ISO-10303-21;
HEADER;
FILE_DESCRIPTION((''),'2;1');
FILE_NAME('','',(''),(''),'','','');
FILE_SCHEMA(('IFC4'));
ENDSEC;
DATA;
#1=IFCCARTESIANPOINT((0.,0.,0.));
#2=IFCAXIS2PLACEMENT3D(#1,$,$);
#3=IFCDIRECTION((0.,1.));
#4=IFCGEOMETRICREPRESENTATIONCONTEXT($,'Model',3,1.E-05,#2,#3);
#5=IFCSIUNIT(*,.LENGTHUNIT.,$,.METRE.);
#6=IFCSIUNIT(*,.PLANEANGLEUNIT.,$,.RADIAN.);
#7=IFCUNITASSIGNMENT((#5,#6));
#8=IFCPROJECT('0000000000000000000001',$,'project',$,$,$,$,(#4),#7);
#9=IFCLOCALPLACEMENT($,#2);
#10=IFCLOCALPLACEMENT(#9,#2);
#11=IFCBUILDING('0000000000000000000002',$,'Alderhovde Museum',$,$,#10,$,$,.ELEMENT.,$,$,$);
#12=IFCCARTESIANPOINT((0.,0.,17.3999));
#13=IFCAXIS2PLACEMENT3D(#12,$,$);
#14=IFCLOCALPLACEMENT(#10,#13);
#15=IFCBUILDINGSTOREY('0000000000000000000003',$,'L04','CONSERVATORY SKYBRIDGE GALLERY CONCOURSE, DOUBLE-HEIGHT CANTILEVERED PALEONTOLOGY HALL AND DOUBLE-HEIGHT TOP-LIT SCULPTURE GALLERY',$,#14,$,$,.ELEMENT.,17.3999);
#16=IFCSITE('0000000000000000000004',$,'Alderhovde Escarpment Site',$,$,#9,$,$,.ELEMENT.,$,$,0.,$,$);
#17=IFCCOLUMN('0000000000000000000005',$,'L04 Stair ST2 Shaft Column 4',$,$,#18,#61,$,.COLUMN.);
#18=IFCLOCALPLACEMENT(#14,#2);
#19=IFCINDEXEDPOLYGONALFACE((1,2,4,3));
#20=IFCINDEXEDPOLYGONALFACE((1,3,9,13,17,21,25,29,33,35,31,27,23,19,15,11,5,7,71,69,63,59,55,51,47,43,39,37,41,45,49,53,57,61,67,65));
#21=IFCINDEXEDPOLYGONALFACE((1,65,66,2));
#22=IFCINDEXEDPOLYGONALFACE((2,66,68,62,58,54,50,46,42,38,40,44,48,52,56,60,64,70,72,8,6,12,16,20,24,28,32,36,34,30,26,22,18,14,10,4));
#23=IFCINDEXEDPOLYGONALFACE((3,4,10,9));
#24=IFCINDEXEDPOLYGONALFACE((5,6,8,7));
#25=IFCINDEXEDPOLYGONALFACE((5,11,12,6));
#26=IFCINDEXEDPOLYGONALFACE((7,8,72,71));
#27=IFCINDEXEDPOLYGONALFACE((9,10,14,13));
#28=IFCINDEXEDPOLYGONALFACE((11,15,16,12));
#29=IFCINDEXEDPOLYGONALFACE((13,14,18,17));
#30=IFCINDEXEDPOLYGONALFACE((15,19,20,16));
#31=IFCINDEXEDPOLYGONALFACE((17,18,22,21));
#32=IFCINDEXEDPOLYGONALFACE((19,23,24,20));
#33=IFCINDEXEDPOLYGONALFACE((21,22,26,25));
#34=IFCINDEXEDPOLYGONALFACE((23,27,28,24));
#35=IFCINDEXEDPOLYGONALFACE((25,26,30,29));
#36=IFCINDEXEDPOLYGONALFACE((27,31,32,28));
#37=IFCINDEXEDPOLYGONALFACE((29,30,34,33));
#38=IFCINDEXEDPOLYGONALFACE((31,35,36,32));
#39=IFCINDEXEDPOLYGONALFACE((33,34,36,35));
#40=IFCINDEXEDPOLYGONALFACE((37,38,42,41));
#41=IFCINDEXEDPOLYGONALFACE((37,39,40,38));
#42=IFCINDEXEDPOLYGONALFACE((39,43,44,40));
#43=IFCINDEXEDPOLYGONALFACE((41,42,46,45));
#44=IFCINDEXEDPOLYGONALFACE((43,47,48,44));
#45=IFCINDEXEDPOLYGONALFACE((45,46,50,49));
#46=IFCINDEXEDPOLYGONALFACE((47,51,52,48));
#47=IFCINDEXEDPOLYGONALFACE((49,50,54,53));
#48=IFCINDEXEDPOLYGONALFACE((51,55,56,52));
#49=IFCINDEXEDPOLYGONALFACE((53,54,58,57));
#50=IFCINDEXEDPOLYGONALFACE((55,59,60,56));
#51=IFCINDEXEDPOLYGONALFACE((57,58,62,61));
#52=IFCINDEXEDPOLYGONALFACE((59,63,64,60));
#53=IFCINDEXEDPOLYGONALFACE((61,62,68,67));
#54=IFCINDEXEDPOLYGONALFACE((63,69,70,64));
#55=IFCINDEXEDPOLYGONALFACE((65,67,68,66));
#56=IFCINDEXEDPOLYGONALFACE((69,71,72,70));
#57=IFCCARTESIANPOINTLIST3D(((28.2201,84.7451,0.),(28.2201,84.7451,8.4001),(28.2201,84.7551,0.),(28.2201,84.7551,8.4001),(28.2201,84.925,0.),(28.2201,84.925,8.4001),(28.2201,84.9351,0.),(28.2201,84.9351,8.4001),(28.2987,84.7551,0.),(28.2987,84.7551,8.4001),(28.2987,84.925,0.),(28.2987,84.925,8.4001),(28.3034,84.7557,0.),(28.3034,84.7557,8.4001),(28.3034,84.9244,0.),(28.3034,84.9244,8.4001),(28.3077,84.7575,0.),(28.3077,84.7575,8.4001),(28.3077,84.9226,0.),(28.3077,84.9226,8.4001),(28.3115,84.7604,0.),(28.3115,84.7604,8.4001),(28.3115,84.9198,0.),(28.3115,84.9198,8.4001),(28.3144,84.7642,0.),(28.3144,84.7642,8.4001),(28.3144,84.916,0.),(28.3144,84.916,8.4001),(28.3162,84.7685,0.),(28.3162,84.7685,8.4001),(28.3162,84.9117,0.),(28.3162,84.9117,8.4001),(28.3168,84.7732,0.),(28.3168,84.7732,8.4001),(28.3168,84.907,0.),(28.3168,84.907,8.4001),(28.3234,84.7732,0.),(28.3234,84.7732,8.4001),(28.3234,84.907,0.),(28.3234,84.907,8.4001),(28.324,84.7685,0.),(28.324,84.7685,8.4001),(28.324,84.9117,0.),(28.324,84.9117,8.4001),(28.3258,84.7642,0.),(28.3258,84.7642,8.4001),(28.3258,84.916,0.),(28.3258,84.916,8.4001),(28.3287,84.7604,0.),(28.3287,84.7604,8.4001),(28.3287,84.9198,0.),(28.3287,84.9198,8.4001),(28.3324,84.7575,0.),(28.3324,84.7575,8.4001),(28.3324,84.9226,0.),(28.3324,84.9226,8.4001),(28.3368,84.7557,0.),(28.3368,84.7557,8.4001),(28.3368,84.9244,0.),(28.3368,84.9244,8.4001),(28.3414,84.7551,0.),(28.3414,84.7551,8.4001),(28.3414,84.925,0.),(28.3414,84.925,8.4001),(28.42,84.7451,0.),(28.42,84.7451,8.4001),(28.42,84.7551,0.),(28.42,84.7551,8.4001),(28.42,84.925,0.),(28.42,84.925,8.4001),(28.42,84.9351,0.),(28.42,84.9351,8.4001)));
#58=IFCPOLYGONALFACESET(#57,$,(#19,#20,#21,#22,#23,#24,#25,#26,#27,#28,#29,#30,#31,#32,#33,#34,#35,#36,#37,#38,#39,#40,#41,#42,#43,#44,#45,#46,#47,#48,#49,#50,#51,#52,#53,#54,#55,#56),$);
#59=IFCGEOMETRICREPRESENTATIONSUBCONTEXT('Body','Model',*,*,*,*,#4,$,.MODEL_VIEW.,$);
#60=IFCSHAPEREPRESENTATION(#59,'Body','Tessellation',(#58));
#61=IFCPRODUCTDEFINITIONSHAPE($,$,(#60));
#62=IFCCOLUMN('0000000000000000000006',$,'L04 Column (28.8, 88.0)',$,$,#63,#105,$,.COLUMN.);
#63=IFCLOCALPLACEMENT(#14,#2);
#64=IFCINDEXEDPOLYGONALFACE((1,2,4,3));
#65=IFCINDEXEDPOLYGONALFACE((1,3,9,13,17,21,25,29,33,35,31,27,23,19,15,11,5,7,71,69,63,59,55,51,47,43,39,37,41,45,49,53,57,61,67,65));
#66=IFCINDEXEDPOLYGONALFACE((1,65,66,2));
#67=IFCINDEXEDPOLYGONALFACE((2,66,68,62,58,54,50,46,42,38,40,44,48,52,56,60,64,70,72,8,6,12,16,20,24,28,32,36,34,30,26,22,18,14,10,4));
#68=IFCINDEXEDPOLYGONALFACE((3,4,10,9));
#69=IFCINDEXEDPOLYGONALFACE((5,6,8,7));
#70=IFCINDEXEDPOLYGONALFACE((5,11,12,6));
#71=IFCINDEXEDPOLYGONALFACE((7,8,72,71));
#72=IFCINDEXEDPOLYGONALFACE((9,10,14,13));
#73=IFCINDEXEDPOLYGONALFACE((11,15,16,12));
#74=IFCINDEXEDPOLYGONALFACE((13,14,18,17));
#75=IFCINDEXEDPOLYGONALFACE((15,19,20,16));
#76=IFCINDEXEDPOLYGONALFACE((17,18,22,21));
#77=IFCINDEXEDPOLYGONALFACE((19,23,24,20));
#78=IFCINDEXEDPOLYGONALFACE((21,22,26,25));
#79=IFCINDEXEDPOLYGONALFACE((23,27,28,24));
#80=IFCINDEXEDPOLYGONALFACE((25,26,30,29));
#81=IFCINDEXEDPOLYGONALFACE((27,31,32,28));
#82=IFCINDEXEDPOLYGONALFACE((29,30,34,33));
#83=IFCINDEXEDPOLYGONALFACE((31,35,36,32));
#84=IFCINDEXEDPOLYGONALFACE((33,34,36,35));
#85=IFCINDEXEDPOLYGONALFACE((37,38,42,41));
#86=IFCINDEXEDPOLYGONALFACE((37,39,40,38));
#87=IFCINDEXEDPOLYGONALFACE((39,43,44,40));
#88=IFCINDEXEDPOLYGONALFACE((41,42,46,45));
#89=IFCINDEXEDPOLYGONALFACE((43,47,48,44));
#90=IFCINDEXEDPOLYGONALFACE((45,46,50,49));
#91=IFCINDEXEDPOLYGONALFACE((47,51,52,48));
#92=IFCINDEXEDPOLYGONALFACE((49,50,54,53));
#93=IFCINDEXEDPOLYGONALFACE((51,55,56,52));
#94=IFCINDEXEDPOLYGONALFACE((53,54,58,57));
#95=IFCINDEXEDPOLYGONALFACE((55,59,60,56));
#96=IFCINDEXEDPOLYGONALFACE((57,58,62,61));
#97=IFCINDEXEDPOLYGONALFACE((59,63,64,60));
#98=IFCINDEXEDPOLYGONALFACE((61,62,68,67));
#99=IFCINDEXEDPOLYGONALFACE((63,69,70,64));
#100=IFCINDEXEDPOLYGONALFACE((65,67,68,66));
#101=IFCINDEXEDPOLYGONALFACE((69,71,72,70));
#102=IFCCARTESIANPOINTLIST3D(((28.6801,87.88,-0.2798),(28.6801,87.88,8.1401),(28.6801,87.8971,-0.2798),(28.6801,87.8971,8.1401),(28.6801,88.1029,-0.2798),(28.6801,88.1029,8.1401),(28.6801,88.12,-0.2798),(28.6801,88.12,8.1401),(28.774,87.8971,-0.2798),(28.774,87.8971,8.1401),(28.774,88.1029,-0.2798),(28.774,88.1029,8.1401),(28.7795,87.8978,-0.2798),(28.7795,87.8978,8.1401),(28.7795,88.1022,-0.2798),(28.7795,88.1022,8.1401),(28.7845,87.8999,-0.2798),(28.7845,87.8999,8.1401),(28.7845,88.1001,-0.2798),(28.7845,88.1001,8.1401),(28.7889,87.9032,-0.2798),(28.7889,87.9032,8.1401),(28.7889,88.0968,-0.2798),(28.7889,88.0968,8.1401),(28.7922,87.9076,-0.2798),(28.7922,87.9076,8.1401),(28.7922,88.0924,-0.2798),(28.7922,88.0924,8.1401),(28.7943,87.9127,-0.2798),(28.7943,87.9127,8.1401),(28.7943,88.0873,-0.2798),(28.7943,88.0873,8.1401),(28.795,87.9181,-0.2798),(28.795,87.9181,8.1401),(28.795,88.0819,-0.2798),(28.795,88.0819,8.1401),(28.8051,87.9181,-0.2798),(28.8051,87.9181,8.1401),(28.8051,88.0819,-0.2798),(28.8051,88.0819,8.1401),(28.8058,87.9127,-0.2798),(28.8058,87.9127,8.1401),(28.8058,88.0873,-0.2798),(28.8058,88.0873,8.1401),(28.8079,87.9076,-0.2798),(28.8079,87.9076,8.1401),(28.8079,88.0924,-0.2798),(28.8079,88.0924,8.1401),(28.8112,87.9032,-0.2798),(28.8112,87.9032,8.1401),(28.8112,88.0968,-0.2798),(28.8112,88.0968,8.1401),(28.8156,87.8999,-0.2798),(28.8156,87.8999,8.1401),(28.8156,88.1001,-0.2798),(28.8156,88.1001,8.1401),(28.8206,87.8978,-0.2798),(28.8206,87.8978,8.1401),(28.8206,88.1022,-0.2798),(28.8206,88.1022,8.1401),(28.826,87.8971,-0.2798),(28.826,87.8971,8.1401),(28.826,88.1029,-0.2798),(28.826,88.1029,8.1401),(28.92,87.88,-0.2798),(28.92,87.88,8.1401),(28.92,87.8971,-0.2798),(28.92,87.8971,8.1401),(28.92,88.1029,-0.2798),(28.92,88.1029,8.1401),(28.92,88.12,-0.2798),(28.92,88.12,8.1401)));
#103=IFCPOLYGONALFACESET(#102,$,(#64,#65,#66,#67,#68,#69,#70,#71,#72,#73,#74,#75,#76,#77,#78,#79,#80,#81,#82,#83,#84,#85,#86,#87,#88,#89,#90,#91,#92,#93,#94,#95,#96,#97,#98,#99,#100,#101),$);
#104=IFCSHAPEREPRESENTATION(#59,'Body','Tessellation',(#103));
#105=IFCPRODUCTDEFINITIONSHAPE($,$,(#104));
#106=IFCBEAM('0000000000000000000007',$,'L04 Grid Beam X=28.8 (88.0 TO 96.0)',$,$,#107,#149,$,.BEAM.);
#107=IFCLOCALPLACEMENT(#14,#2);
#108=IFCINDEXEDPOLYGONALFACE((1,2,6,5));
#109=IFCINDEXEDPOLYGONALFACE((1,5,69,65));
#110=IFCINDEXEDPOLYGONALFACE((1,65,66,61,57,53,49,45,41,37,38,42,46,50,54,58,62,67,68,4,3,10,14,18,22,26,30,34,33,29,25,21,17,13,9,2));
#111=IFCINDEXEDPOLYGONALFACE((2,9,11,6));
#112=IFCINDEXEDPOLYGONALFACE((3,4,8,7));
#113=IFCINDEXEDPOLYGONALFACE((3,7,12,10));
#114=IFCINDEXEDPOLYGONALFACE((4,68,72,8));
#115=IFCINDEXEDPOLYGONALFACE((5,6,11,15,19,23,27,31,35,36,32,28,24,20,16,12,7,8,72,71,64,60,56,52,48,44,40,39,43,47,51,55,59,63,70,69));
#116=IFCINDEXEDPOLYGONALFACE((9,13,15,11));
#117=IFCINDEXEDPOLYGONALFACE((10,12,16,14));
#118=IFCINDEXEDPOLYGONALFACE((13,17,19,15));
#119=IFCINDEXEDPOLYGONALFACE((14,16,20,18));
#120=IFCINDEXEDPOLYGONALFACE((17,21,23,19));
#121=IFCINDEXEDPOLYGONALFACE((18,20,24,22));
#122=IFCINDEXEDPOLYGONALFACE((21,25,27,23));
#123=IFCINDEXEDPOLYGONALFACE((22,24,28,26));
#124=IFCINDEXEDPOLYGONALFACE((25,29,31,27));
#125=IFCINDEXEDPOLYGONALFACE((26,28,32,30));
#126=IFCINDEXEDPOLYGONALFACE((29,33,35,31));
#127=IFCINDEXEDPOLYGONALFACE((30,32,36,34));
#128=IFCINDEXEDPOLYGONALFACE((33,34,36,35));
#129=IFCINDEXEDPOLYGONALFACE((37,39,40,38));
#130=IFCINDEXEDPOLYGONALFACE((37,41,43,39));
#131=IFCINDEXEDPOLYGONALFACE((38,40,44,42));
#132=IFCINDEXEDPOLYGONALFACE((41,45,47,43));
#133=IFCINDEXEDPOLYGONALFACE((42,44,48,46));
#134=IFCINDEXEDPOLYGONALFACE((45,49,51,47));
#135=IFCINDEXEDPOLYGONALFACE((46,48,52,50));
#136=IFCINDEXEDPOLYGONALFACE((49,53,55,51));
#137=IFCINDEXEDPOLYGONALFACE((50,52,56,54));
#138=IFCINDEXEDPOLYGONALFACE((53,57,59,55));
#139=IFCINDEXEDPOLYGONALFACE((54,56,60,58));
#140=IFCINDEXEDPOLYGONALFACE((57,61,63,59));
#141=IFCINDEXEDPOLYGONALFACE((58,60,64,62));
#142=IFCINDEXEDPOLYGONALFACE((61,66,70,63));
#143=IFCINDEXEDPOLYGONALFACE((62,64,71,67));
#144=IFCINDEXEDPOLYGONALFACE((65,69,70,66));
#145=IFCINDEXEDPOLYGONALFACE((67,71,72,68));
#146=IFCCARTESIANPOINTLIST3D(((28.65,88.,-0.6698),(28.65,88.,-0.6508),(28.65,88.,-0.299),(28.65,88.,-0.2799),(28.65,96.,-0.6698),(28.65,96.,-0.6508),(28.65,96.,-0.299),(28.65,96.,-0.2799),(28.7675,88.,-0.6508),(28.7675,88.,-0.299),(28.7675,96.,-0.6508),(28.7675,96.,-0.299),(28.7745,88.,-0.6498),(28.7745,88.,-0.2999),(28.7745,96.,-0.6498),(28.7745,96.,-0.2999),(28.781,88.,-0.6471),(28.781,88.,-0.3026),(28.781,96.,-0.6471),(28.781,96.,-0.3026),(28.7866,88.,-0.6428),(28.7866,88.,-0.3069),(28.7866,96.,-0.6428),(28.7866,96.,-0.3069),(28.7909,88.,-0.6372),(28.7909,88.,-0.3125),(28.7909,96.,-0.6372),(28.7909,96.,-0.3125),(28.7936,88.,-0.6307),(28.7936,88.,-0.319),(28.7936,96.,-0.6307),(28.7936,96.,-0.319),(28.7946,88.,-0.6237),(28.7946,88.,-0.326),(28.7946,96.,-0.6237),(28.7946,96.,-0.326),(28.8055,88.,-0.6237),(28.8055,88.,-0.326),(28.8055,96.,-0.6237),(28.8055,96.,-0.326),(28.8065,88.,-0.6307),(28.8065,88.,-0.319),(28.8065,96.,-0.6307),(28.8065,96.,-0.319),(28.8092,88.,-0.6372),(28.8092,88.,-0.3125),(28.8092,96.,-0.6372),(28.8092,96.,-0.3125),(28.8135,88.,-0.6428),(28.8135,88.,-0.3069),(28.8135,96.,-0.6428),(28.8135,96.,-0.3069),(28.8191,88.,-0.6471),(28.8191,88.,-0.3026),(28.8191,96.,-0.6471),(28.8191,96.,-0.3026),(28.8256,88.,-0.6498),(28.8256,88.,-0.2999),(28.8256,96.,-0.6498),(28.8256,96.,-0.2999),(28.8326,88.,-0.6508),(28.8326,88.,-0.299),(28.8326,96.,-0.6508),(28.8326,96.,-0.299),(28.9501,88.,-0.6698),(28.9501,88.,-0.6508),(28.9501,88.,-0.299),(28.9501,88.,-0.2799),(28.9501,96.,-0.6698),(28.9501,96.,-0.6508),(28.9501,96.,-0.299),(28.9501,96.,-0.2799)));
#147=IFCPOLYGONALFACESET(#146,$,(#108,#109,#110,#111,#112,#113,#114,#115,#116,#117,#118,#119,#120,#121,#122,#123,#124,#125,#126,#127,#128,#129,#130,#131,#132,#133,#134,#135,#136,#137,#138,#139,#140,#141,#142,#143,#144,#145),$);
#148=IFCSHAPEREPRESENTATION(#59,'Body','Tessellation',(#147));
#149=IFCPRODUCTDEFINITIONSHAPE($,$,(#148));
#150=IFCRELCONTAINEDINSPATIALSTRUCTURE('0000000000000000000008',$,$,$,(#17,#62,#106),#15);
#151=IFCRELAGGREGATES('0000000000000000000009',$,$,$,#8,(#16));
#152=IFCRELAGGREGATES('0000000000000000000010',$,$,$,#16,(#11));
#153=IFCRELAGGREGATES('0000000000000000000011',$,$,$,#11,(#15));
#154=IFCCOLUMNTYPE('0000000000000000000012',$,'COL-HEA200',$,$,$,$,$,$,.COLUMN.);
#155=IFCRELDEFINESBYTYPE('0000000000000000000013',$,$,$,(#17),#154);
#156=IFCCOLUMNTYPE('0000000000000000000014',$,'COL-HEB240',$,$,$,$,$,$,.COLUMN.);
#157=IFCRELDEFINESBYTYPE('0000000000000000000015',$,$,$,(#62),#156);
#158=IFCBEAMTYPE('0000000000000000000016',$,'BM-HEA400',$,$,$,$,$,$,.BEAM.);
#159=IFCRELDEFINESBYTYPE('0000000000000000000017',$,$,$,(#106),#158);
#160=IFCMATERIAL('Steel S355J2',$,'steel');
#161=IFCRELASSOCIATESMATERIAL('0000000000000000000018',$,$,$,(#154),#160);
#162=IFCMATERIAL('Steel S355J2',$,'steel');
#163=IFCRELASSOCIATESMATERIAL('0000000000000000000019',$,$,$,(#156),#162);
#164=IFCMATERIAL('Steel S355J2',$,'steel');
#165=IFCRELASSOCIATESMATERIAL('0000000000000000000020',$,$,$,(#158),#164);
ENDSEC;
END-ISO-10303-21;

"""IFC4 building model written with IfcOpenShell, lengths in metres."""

from ifc_helpers import new_model, si_unit, direction, frame, origin, origin_2d, place, context, subcontext, project, spatial, i_section, extrude, material, material_profile, profile_set, type_object, element, save


model = new_model("IFC4")

# Units and contexts
model_context = context("Model", 3, precision=1e-05, world=origin(), true_north=direction((0.0, 1.0)))
body_context = subcontext(model_context, "Body", "Model", "MODEL_VIEW")
ifc_project = project(units=[si_unit("LENGTHUNIT", "METRE"), si_unit("PLANEANGLEUNIT", "RADIAN")], contexts=[model_context])

# Site, building, storey
site_placement = place(None, origin())
site = spatial("IfcSite", under=ifc_project, at=site_placement, Name="Alderhovde Escarpment Site", CompositionType="ELEMENT", RefElevation=0.0)
building_placement = place(site_placement, origin())
building = spatial("IfcBuilding", under=site, at=building_placement, Name="Alderhovde Museum", CompositionType="ELEMENT")
storey_placement = place(building_placement, frame((0.0, 0.0, 17.3999)))
storey = spatial("IfcBuildingStorey", under=building, at=storey_placement, Name="L04", Description="CONSERVATORY SKYBRIDGE GALLERY CONCOURSE, DOUBLE-HEIGHT CANTILEVERED PALEONTOLOGY HALL AND DOUBLE-HEIGHT TOP-LIT SCULPTURE GALLERY", CompositionType="ELEMENT", Elevation=17.3999)

# Columns
ifc_material_1 = material(Name="Steel S355J2", Category="steel")
ifc_material_profile_1 = material_profile(ifc_material_1, i_section(OverallWidth=0.2, OverallDepth=0.1899, WebThickness=0.0066, FlangeThickness=0.01, FilletRadius=0.0181, at=origin_2d()), Name="HEA 200")
ifc_profile_set_1 = profile_set([ifc_material_profile_1], Name="Steel S355J2")
column_type_1 = type_object("IfcColumnType", Name="COL-HEA200", PredefinedType="COLUMN", material=ifc_profile_set_1)
column_1_placement = place(storey_placement, frame((28.3201, 84.8401, 0.0), z_axis=(0.0, 0.0, 1.0), x_axis=(1.0, 0.0, 0.0)))
element("IfcColumn", 1, at=column_1_placement, inside=storey, type_object=column_type_1, Name="L04 Stair ST2 Shaft Column 4", PredefinedType="COLUMN", context=body_context, shape_type="SweptSolid", body=[
    extrude(i_section(OverallWidth=0.2, OverallDepth=0.1899, WebThickness=0.0066, FlangeThickness=0.01, FilletRadius=0.0181, at=origin_2d()), origin(), (0.0, 0.0, 1.0), 8.4001),
])
ifc_material_2 = material(Name="Steel S355J2", Category="steel")
ifc_material_profile_2 = material_profile(ifc_material_2, i_section(OverallWidth=0.24, OverallDepth=0.24, WebThickness=0.01, FlangeThickness=0.0171, FilletRadius=0.021, at=origin_2d()), Name="HEB 240")
ifc_profile_set_2 = profile_set([ifc_material_profile_2], Name="Steel S355J2")
column_type_2 = type_object("IfcColumnType", Name="COL-HEB240", PredefinedType="COLUMN", material=ifc_profile_set_2)
column_2_placement = place(storey_placement, frame((28.8, 88.0, -0.2798), z_axis=(0.0, 0.0, 1.0), x_axis=(1.0, 0.0, 0.0)))
element("IfcColumn", 2, at=column_2_placement, inside=storey, type_object=column_type_2, Name="L04 Column (28.8, 88.0)", PredefinedType="COLUMN", context=body_context, shape_type="SweptSolid", body=[
    extrude(i_section(OverallWidth=0.24, OverallDepth=0.24, WebThickness=0.01, FlangeThickness=0.0171, FilletRadius=0.021, at=origin_2d()), origin(), (0.0, 0.0, 1.0), 8.4199),
])

# Beam
ifc_material_3 = material(Name="Steel S355J2", Category="steel")
ifc_material_profile_3 = material_profile(ifc_material_3, i_section(OverallWidth=0.3, OverallDepth=0.3899, WebThickness=0.011, FlangeThickness=0.019, FilletRadius=0.0271, at=origin_2d()), Name="HEA 400")
ifc_profile_set_3 = profile_set([ifc_material_profile_3], Name="Steel S355J2")
beam_type_1 = type_object("IfcBeamType", Name="BM-HEA400", PredefinedType="BEAM", material=ifc_profile_set_3)
beam_1_placement = place(storey_placement, frame((28.8, 88.0, -0.4749), z_axis=(0.0, 1.0, 0.0), x_axis=(-1.0, 0.0, 0.0)))
element("IfcBeam", 3, at=beam_1_placement, inside=storey, type_object=beam_type_1, Name="L04 Grid Beam X=28.8 (88.0 TO 96.0)", PredefinedType="BEAM", context=body_context, shape_type="SweptSolid", body=[
    extrude(i_section(OverallWidth=0.3, OverallDepth=0.3899, WebThickness=0.011, FlangeThickness=0.019, FilletRadius=0.0271, at=origin_2d()), origin(), (0.0, 0.0, 1.0), 8.0),
])

save(model, "model.ifc")
